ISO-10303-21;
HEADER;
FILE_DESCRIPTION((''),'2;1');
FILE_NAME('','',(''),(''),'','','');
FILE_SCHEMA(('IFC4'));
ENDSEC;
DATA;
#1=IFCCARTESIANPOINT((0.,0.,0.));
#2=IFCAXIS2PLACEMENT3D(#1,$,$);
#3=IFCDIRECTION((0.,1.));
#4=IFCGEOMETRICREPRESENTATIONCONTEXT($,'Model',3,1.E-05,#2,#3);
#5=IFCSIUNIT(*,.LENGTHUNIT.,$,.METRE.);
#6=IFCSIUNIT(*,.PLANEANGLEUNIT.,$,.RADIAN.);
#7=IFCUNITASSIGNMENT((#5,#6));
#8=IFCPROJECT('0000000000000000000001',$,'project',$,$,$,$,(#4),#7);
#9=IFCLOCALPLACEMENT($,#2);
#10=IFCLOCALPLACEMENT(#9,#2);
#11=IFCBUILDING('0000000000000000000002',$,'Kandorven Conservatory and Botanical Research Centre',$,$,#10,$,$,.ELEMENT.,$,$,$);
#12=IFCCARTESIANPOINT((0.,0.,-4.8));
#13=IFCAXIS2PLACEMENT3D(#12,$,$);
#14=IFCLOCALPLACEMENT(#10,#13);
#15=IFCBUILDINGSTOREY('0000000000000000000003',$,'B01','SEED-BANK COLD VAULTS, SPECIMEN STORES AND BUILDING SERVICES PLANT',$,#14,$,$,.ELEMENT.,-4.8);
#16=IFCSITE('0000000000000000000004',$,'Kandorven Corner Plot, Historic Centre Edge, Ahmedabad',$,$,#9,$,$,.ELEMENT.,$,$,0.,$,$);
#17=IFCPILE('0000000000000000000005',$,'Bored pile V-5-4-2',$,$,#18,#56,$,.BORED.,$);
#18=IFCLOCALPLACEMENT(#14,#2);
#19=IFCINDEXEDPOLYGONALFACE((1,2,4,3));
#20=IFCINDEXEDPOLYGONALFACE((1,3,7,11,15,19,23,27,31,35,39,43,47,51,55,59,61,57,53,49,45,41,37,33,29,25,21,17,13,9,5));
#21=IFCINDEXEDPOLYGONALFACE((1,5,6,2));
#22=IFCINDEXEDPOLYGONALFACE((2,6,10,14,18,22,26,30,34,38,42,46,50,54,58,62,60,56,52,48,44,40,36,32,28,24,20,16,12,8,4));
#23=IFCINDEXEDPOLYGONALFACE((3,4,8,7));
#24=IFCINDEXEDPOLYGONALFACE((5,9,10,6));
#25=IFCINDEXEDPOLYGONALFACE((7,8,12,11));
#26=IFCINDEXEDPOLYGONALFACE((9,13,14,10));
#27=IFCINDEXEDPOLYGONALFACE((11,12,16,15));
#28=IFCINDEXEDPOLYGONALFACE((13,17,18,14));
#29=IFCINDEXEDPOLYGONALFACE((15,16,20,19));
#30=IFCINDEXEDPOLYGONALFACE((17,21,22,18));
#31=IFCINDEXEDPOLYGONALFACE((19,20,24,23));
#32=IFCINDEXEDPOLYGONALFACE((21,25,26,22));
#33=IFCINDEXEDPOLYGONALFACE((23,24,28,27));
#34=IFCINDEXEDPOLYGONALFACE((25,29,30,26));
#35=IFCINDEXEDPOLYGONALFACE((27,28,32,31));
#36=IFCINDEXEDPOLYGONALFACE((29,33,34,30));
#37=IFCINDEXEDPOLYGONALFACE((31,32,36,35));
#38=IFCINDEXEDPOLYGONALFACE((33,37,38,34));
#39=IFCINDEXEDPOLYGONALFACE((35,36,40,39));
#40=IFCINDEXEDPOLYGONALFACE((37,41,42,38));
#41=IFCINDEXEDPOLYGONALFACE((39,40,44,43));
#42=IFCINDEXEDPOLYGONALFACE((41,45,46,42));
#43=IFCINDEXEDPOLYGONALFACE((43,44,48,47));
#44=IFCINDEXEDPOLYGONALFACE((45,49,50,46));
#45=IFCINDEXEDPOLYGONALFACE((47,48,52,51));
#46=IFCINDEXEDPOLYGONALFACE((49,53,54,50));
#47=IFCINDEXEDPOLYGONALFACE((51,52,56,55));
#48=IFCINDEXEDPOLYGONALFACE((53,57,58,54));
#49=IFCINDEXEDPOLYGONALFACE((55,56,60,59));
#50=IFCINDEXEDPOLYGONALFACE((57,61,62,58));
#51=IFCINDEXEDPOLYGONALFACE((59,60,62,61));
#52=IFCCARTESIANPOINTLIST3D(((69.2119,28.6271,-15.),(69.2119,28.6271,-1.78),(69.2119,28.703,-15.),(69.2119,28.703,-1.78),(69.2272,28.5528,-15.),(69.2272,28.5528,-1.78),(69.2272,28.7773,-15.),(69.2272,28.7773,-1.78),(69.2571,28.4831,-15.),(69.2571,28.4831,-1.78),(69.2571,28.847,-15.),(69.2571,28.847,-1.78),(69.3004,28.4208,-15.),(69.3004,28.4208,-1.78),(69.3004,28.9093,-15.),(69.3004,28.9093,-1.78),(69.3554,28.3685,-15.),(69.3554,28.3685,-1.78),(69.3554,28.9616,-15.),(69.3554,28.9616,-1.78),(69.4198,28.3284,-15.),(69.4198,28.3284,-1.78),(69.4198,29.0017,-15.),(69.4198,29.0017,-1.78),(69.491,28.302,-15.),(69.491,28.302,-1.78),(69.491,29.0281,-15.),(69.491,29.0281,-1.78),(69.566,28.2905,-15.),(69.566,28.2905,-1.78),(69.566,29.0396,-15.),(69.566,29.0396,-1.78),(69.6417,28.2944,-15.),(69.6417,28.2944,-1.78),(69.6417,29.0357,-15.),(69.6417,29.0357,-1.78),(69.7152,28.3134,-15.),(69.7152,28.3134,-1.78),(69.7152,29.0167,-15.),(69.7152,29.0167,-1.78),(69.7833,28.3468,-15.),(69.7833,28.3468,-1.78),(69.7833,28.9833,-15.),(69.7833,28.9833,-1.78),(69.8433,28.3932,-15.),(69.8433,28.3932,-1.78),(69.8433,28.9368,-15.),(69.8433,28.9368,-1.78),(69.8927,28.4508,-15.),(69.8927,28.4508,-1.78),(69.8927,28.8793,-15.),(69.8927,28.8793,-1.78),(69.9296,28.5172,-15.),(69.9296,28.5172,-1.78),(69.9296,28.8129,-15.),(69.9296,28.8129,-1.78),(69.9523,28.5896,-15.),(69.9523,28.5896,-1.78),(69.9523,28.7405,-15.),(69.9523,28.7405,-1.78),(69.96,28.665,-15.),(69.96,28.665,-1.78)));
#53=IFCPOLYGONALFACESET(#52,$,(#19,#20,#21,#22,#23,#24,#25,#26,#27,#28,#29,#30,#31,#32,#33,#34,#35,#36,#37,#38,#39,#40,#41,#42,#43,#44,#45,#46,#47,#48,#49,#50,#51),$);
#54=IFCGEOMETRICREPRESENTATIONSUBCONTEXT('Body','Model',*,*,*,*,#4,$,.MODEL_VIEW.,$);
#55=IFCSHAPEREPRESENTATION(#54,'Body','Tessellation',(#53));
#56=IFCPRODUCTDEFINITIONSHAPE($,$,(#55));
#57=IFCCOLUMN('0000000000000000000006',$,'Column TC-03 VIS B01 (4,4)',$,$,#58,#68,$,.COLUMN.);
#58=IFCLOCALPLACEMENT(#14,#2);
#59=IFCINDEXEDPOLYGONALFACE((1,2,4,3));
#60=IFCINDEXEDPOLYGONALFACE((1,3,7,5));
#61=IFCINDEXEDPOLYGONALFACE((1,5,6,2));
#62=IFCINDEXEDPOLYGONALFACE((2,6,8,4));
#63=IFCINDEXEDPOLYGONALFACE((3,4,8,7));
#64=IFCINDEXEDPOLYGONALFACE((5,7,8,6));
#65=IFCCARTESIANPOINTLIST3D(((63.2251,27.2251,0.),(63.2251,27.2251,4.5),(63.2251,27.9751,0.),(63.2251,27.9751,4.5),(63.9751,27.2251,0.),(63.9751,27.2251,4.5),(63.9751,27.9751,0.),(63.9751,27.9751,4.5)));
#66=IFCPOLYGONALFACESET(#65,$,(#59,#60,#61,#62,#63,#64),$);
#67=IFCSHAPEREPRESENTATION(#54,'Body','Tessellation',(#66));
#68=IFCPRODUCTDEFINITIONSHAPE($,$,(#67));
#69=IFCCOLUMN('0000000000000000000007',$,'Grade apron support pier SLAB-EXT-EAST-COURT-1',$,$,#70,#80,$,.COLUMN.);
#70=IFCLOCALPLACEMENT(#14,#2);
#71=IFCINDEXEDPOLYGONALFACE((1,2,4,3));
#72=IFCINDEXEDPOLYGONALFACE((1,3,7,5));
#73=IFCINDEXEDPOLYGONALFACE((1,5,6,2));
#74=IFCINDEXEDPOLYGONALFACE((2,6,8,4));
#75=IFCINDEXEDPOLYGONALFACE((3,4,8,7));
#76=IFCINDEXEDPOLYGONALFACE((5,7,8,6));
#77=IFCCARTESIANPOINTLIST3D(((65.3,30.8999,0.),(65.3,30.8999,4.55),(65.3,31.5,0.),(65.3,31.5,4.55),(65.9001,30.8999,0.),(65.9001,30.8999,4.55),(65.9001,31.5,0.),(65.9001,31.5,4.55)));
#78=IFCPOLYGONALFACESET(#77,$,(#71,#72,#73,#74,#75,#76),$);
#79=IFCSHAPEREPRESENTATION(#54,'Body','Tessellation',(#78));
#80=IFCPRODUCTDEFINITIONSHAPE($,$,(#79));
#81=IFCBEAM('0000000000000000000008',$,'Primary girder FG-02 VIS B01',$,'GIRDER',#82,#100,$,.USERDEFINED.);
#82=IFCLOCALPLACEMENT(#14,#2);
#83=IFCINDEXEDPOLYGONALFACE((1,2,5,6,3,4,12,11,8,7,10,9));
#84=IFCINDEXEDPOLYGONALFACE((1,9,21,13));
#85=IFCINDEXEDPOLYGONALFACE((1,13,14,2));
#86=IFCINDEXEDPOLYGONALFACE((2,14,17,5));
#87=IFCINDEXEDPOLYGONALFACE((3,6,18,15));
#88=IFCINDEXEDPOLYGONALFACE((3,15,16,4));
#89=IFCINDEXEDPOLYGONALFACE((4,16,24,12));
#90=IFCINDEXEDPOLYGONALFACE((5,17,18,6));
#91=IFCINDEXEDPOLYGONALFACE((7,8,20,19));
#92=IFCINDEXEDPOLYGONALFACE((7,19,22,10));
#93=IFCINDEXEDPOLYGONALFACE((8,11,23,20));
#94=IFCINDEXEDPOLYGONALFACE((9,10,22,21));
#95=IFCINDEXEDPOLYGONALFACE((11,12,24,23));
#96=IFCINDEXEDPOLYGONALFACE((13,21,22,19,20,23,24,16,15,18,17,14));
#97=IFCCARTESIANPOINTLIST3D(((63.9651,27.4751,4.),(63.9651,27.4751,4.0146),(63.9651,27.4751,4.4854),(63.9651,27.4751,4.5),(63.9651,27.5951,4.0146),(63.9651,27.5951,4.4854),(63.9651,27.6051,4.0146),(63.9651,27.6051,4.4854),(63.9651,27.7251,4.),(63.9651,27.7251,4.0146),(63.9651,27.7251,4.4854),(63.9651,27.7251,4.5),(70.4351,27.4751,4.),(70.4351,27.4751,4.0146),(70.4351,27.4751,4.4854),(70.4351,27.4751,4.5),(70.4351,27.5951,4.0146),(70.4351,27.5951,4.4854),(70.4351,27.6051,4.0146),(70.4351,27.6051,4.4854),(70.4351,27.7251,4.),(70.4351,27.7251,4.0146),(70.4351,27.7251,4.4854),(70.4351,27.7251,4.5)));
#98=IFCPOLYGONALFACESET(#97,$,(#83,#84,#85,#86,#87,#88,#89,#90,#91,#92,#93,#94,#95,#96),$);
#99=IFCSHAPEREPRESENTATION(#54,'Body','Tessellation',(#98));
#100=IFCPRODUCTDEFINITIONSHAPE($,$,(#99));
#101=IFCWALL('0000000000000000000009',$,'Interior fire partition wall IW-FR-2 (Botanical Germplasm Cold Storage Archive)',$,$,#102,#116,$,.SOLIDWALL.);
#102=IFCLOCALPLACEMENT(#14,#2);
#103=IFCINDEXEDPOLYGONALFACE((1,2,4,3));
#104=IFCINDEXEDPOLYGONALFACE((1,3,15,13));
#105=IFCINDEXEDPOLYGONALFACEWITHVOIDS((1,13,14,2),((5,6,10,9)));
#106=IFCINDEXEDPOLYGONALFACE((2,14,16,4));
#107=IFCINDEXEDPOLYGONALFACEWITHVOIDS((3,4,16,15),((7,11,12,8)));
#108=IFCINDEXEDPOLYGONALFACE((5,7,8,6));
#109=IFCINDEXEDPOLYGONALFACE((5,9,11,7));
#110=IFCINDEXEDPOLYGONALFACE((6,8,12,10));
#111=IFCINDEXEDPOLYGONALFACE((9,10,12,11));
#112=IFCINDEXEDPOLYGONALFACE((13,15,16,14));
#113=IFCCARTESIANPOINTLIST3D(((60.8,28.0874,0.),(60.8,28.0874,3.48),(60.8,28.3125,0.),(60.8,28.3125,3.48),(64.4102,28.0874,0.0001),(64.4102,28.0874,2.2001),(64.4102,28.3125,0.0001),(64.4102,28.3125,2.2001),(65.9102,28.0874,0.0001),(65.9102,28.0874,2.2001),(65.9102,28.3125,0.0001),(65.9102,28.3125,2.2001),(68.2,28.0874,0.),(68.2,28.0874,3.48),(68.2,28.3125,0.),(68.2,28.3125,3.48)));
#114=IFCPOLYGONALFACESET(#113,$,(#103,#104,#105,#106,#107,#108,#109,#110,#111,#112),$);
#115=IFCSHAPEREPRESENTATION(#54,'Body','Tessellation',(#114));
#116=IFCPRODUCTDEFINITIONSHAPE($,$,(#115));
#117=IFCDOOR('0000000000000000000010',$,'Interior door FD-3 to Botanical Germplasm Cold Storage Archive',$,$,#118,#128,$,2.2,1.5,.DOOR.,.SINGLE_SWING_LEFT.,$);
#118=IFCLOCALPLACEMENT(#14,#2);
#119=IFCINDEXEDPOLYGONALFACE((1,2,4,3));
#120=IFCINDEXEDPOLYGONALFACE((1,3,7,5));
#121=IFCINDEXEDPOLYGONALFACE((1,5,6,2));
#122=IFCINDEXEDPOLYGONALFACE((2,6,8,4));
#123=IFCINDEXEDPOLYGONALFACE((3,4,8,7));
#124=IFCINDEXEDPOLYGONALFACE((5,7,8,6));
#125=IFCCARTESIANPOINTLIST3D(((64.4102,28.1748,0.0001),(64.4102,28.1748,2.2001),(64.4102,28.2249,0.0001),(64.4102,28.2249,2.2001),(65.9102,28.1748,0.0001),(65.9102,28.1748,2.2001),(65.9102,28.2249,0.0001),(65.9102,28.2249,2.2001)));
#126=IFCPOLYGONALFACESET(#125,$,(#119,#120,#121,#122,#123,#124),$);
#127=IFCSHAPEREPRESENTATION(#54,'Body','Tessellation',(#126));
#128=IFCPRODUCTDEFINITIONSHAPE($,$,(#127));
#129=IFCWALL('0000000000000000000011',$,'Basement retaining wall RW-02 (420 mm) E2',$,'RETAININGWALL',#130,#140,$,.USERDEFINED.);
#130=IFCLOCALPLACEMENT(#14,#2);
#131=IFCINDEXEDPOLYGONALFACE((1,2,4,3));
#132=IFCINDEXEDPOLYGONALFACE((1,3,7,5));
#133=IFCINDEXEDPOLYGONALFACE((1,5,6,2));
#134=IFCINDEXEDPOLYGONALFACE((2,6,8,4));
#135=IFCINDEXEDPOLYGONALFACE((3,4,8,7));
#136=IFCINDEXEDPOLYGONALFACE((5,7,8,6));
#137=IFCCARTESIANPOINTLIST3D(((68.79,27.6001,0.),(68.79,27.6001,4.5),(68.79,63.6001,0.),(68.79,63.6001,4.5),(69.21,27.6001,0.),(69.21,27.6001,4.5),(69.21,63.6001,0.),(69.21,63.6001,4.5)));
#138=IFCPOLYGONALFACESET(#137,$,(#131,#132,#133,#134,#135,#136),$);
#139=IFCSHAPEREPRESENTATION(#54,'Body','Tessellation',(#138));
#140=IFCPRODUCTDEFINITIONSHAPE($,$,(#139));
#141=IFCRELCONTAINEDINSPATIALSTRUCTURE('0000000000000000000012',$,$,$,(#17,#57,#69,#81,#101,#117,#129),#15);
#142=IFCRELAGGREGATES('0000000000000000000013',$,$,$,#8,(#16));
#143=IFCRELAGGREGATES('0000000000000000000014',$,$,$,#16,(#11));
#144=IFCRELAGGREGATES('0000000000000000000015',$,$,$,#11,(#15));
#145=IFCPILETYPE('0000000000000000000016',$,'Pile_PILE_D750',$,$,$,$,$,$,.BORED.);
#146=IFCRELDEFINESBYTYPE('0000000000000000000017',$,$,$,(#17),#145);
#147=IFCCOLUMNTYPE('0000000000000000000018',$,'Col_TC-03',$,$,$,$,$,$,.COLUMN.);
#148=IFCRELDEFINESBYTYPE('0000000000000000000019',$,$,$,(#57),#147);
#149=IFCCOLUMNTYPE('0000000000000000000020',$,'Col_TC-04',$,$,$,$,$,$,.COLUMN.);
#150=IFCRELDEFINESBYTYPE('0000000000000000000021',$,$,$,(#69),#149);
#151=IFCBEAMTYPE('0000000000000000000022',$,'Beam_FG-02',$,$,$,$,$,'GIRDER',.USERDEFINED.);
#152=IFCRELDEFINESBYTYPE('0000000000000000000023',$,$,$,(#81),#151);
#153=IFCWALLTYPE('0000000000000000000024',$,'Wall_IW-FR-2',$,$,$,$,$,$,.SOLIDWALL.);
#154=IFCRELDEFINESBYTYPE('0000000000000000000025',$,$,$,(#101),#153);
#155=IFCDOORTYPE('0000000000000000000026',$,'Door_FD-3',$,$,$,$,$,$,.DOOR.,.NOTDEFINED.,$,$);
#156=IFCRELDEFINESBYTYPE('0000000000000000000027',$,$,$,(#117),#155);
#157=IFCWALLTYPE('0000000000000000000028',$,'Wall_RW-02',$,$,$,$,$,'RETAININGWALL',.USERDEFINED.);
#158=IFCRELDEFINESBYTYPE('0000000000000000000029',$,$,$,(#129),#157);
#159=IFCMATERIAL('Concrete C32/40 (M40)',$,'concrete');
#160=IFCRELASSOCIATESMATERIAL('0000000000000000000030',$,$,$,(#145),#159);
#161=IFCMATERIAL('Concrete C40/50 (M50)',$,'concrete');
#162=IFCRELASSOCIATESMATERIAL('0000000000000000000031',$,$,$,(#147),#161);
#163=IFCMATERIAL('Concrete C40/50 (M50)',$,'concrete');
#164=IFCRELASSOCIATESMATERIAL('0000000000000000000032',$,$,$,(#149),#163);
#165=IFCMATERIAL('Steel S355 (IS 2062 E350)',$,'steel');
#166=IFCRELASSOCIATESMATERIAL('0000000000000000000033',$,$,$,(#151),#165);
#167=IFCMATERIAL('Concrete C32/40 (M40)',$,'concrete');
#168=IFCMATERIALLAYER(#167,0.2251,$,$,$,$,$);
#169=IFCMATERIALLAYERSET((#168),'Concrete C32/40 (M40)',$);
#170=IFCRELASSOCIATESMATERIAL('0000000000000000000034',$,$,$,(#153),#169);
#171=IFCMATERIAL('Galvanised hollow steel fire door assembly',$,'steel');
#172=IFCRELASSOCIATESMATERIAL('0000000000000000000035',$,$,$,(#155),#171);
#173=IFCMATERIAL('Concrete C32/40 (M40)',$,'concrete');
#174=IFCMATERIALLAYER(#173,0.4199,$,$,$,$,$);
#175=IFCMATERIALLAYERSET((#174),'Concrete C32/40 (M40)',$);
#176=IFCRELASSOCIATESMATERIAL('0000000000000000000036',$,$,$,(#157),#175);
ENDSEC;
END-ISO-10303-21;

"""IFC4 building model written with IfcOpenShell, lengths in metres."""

from ifc_helpers import new_model, si_unit, direction, frame, frame_2d, origin, origin_2d, place, context, subcontext, project, spatial, rectangle, circle, i_section, extrude, material, layer, layer_set, material_profile, profile_set, type_object, element, fill, save


model = new_model("IFC4")

# Units and contexts
model_context = context("Model", 3, precision=1e-05, world=origin(), true_north=direction((0.0, 1.0)))
body_context = subcontext(model_context, "Body", "Model", "MODEL_VIEW")
ifc_project = project(units=[si_unit("LENGTHUNIT", "METRE"), si_unit("PLANEANGLEUNIT", "RADIAN")], contexts=[model_context])

# Site, building, storey
site_placement = place(None, origin())
site = spatial("IfcSite", under=ifc_project, at=site_placement, Name="Kandorven Corner Plot, Historic Centre Edge, Ahmedabad", CompositionType="ELEMENT", RefElevation=0.0)
building_placement = place(site_placement, origin())
building = spatial("IfcBuilding", under=site, at=building_placement, Name="Kandorven Conservatory and Botanical Research Centre", CompositionType="ELEMENT")
storey_placement = place(building_placement, frame((0.0, 0.0, -4.8)))
storey = spatial("IfcBuildingStorey", under=building, at=storey_placement, Name="B01", Description="SEED-BANK COLD VAULTS, SPECIMEN STORES AND BUILDING SERVICES PLANT", CompositionType="ELEMENT", Elevation=-4.8)

# Pile
ifc_material_1 = material(Name="Concrete C32/40 (M40)", Category="concrete")
ifc_material_profile_1 = material_profile(ifc_material_1, circle(Radius=0.375, at=origin_2d()))
ifc_profile_set_1 = profile_set([ifc_material_profile_1], Name="Concrete C32/40 (M40)")
pile_type = type_object("IfcPileType", Name="Pile_PILE_D750", PredefinedType="BORED", material=ifc_profile_set_1)
for number, where, z_axis, x_axis, name in (
    (1, (69.585, 28.665, -1.78), (0.0, 0.0, -1.0), (1.0, 0.0, 0.0), "Bored pile V-5-4-2"),
):
    element("IfcPile", number, at=place(storey_placement, frame(where, z_axis=z_axis, x_axis=x_axis)), inside=storey, type_object=pile_type, Name=name, PredefinedType="BORED", context=body_context, shape_type="SweptSolid", body=[
        extrude(circle(Radius=0.375, at=origin_2d()), origin(), (0.0, 0.0, 1.0), 13.22),
    ])

# Columns
ifc_material_2 = material(Name="Concrete C40/50 (M50)", Category="concrete")
ifc_material_profile_2 = material_profile(ifc_material_2, rectangle(XDim=0.75, YDim=0.75, at=origin_2d()))
ifc_profile_set_2 = profile_set([ifc_material_profile_2], Name="Concrete C40/50 (M50)")
column_type_1 = type_object("IfcColumnType", Name="Col_TC-03", PredefinedType="COLUMN", material=ifc_profile_set_2)
column_1_placement = place(storey_placement, frame((63.6001, 27.6001, 0.0), z_axis=(0.0, 0.0, 1.0), x_axis=(1.0, 0.0, 0.0)))
element("IfcColumn", 2, at=column_1_placement, inside=storey, type_object=column_type_1, Name="Column TC-03 VIS B01 (4,4)", PredefinedType="COLUMN", context=body_context, shape_type="SweptSolid", body=[
    extrude(rectangle(XDim=0.75, YDim=0.75, at=origin_2d()), origin(), (0.0, 0.0, 1.0), 4.5),
])
ifc_material_3 = material(Name="Concrete C40/50 (M50)", Category="concrete")
ifc_material_profile_3 = material_profile(ifc_material_3, rectangle(XDim=0.6001, YDim=0.6001, at=origin_2d()))
ifc_profile_set_3 = profile_set([ifc_material_profile_3], Name="Concrete C40/50 (M50)")
column_type_2 = type_object("IfcColumnType", Name="Col_TC-04", PredefinedType="COLUMN", material=ifc_profile_set_3)
column_2_placement = place(storey_placement, frame((65.6001, 31.2, 0.0), z_axis=(0.0, 0.0, 1.0), x_axis=(1.0, 0.0, 0.0)))
element("IfcColumn", 3, at=column_2_placement, inside=storey, type_object=column_type_2, Name="Grade apron support pier SLAB-EXT-EAST-COURT-1", PredefinedType="COLUMN", context=body_context, shape_type="SweptSolid", body=[
    extrude(rectangle(XDim=0.6001, YDim=0.6001, at=origin_2d()), origin(), (0.0, 0.0, 1.0), 4.55),
])

# Beam
ifc_material_4 = material(Name="Steel S355 (IS 2062 E350)", Category="steel")
ifc_material_profile_4 = material_profile(ifc_material_4, i_section(OverallWidth=0.25, OverallDepth=0.5, WebThickness=0.01, FlangeThickness=0.0146, at=origin_2d()))
ifc_profile_set_4 = profile_set([ifc_material_profile_4], Name="Steel S355 (IS 2062 E350)")
beam_type = type_object("IfcBeamType", Name="Beam_FG-02", ElementType="GIRDER", PredefinedType="USERDEFINED", material=ifc_profile_set_4)
beam_placement = place(storey_placement, frame((63.9651, 27.6001, 4.25), z_axis=(1.0, 0.0, 0.0), x_axis=(0.0, 1.0, 0.0)))
element("IfcBeam", 4, at=beam_placement, inside=storey, type_object=beam_type, Name="Primary girder FG-02 VIS B01", ObjectType="GIRDER", PredefinedType="USERDEFINED", context=body_context, shape_type="SweptSolid", body=[
    extrude(i_section(OverallWidth=0.25, OverallDepth=0.5, WebThickness=0.01, FlangeThickness=0.0146, at=origin_2d()), origin(), (0.0, 0.0, 1.0), 6.47),
])

# Wall, opening, door
ifc_material_5 = material(Name="Concrete C32/40 (M40)", Category="concrete")
ifc_layer_1 = layer(ifc_material_5, 0.2251)
ifc_layer_set_1 = layer_set([ifc_layer_1], Name="Concrete C32/40 (M40)")
wall_type_1 = type_object("IfcWallType", Name="Wall_IW-FR-2", PredefinedType="SOLIDWALL", material=ifc_layer_set_1)
wall_1_placement = place(storey_placement, frame((60.8, 28.2, 0.0), z_axis=(0.0, 0.0, 1.0), x_axis=(1.0, 0.0, 0.0)))
wall_1 = element("IfcWall", 5, at=wall_1_placement, inside=storey, type_object=wall_type_1, Name="Interior fire partition wall IW-FR-2 (Botanical Germplasm Cold Storage Archive)", PredefinedType="SOLIDWALL", context=body_context, shape_type="SweptSolid", body=[
    extrude(rectangle(XDim=7.3999, YDim=0.2251, at=frame_2d((3.7, 0.0))), origin(), (0.0, 0.0, 1.0), 3.48),
])
opening_placement = place(wall_1_placement, frame((3.6101, 0.0, 0.0)))
opening = element("IfcOpeningElement", 6, at=opening_placement, cuts=wall_1, PredefinedType="OPENING", context=body_context, shape_type="SweptSolid", body=[
    extrude(rectangle(XDim=1.5, YDim=2.2, at=frame_2d((0.75, 1.1001))), frame((0.0, 0.1226, 0.0), z_axis=(0.0, -1.0, 0.0), x_axis=(1.0, 0.0, 0.0)), (0.0, 0.0, 1.0), 0.2451),
])
ifc_material_6 = material(Name="Galvanised hollow steel fire door assembly", Category="steel")
door_type = type_object("IfcDoorType", Name="Door_FD-3", OperationType="NOTDEFINED", PredefinedType="DOOR", material=ifc_material_6)
door_placement = place(opening_placement, origin())
door = element("IfcDoor", 7, at=door_placement, inside=storey, type_object=door_type, Name="Interior door FD-3 to Botanical Germplasm Cold Storage Archive", OperationType="SINGLE_SWING_LEFT", OverallHeight=2.2, OverallWidth=1.5, PredefinedType="DOOR", context=body_context, shape_type="SweptSolid", body=[
    extrude(rectangle(XDim=1.5, YDim=2.2, at=frame_2d((0.75, 1.1001))), frame((0.0, 0.0249, 0.0), z_axis=(0.0, -1.0, 0.0), x_axis=(1.0, 0.0, 0.0)), (0.0, 0.0, 1.0), 0.05),
])
fill(opening, door)

# Wall
ifc_material_7 = material(Name="Concrete C32/40 (M40)", Category="concrete")
ifc_layer_2 = layer(ifc_material_7, 0.4199)
ifc_layer_set_2 = layer_set([ifc_layer_2], Name="Concrete C32/40 (M40)")
wall_type_2 = type_object("IfcWallType", Name="Wall_RW-02", ElementType="RETAININGWALL", PredefinedType="USERDEFINED", material=ifc_layer_set_2)
wall_2_placement = place(storey_placement, frame((69.0, 27.6001, 0.0), z_axis=(0.0, 0.0, 1.0), x_axis=(0.0, 1.0, 0.0)))
element("IfcWall", 8, at=wall_2_placement, inside=storey, type_object=wall_type_2, Name="Basement retaining wall RW-02 (420 mm) E2", ObjectType="RETAININGWALL", PredefinedType="USERDEFINED", context=body_context, shape_type="SweptSolid", body=[
    extrude(rectangle(XDim=36.0, YDim=0.4199, at=frame_2d((18.0, 0.0))), origin(), (0.0, 0.0, 1.0), 4.5),
])

save(model, "model.ifc")
